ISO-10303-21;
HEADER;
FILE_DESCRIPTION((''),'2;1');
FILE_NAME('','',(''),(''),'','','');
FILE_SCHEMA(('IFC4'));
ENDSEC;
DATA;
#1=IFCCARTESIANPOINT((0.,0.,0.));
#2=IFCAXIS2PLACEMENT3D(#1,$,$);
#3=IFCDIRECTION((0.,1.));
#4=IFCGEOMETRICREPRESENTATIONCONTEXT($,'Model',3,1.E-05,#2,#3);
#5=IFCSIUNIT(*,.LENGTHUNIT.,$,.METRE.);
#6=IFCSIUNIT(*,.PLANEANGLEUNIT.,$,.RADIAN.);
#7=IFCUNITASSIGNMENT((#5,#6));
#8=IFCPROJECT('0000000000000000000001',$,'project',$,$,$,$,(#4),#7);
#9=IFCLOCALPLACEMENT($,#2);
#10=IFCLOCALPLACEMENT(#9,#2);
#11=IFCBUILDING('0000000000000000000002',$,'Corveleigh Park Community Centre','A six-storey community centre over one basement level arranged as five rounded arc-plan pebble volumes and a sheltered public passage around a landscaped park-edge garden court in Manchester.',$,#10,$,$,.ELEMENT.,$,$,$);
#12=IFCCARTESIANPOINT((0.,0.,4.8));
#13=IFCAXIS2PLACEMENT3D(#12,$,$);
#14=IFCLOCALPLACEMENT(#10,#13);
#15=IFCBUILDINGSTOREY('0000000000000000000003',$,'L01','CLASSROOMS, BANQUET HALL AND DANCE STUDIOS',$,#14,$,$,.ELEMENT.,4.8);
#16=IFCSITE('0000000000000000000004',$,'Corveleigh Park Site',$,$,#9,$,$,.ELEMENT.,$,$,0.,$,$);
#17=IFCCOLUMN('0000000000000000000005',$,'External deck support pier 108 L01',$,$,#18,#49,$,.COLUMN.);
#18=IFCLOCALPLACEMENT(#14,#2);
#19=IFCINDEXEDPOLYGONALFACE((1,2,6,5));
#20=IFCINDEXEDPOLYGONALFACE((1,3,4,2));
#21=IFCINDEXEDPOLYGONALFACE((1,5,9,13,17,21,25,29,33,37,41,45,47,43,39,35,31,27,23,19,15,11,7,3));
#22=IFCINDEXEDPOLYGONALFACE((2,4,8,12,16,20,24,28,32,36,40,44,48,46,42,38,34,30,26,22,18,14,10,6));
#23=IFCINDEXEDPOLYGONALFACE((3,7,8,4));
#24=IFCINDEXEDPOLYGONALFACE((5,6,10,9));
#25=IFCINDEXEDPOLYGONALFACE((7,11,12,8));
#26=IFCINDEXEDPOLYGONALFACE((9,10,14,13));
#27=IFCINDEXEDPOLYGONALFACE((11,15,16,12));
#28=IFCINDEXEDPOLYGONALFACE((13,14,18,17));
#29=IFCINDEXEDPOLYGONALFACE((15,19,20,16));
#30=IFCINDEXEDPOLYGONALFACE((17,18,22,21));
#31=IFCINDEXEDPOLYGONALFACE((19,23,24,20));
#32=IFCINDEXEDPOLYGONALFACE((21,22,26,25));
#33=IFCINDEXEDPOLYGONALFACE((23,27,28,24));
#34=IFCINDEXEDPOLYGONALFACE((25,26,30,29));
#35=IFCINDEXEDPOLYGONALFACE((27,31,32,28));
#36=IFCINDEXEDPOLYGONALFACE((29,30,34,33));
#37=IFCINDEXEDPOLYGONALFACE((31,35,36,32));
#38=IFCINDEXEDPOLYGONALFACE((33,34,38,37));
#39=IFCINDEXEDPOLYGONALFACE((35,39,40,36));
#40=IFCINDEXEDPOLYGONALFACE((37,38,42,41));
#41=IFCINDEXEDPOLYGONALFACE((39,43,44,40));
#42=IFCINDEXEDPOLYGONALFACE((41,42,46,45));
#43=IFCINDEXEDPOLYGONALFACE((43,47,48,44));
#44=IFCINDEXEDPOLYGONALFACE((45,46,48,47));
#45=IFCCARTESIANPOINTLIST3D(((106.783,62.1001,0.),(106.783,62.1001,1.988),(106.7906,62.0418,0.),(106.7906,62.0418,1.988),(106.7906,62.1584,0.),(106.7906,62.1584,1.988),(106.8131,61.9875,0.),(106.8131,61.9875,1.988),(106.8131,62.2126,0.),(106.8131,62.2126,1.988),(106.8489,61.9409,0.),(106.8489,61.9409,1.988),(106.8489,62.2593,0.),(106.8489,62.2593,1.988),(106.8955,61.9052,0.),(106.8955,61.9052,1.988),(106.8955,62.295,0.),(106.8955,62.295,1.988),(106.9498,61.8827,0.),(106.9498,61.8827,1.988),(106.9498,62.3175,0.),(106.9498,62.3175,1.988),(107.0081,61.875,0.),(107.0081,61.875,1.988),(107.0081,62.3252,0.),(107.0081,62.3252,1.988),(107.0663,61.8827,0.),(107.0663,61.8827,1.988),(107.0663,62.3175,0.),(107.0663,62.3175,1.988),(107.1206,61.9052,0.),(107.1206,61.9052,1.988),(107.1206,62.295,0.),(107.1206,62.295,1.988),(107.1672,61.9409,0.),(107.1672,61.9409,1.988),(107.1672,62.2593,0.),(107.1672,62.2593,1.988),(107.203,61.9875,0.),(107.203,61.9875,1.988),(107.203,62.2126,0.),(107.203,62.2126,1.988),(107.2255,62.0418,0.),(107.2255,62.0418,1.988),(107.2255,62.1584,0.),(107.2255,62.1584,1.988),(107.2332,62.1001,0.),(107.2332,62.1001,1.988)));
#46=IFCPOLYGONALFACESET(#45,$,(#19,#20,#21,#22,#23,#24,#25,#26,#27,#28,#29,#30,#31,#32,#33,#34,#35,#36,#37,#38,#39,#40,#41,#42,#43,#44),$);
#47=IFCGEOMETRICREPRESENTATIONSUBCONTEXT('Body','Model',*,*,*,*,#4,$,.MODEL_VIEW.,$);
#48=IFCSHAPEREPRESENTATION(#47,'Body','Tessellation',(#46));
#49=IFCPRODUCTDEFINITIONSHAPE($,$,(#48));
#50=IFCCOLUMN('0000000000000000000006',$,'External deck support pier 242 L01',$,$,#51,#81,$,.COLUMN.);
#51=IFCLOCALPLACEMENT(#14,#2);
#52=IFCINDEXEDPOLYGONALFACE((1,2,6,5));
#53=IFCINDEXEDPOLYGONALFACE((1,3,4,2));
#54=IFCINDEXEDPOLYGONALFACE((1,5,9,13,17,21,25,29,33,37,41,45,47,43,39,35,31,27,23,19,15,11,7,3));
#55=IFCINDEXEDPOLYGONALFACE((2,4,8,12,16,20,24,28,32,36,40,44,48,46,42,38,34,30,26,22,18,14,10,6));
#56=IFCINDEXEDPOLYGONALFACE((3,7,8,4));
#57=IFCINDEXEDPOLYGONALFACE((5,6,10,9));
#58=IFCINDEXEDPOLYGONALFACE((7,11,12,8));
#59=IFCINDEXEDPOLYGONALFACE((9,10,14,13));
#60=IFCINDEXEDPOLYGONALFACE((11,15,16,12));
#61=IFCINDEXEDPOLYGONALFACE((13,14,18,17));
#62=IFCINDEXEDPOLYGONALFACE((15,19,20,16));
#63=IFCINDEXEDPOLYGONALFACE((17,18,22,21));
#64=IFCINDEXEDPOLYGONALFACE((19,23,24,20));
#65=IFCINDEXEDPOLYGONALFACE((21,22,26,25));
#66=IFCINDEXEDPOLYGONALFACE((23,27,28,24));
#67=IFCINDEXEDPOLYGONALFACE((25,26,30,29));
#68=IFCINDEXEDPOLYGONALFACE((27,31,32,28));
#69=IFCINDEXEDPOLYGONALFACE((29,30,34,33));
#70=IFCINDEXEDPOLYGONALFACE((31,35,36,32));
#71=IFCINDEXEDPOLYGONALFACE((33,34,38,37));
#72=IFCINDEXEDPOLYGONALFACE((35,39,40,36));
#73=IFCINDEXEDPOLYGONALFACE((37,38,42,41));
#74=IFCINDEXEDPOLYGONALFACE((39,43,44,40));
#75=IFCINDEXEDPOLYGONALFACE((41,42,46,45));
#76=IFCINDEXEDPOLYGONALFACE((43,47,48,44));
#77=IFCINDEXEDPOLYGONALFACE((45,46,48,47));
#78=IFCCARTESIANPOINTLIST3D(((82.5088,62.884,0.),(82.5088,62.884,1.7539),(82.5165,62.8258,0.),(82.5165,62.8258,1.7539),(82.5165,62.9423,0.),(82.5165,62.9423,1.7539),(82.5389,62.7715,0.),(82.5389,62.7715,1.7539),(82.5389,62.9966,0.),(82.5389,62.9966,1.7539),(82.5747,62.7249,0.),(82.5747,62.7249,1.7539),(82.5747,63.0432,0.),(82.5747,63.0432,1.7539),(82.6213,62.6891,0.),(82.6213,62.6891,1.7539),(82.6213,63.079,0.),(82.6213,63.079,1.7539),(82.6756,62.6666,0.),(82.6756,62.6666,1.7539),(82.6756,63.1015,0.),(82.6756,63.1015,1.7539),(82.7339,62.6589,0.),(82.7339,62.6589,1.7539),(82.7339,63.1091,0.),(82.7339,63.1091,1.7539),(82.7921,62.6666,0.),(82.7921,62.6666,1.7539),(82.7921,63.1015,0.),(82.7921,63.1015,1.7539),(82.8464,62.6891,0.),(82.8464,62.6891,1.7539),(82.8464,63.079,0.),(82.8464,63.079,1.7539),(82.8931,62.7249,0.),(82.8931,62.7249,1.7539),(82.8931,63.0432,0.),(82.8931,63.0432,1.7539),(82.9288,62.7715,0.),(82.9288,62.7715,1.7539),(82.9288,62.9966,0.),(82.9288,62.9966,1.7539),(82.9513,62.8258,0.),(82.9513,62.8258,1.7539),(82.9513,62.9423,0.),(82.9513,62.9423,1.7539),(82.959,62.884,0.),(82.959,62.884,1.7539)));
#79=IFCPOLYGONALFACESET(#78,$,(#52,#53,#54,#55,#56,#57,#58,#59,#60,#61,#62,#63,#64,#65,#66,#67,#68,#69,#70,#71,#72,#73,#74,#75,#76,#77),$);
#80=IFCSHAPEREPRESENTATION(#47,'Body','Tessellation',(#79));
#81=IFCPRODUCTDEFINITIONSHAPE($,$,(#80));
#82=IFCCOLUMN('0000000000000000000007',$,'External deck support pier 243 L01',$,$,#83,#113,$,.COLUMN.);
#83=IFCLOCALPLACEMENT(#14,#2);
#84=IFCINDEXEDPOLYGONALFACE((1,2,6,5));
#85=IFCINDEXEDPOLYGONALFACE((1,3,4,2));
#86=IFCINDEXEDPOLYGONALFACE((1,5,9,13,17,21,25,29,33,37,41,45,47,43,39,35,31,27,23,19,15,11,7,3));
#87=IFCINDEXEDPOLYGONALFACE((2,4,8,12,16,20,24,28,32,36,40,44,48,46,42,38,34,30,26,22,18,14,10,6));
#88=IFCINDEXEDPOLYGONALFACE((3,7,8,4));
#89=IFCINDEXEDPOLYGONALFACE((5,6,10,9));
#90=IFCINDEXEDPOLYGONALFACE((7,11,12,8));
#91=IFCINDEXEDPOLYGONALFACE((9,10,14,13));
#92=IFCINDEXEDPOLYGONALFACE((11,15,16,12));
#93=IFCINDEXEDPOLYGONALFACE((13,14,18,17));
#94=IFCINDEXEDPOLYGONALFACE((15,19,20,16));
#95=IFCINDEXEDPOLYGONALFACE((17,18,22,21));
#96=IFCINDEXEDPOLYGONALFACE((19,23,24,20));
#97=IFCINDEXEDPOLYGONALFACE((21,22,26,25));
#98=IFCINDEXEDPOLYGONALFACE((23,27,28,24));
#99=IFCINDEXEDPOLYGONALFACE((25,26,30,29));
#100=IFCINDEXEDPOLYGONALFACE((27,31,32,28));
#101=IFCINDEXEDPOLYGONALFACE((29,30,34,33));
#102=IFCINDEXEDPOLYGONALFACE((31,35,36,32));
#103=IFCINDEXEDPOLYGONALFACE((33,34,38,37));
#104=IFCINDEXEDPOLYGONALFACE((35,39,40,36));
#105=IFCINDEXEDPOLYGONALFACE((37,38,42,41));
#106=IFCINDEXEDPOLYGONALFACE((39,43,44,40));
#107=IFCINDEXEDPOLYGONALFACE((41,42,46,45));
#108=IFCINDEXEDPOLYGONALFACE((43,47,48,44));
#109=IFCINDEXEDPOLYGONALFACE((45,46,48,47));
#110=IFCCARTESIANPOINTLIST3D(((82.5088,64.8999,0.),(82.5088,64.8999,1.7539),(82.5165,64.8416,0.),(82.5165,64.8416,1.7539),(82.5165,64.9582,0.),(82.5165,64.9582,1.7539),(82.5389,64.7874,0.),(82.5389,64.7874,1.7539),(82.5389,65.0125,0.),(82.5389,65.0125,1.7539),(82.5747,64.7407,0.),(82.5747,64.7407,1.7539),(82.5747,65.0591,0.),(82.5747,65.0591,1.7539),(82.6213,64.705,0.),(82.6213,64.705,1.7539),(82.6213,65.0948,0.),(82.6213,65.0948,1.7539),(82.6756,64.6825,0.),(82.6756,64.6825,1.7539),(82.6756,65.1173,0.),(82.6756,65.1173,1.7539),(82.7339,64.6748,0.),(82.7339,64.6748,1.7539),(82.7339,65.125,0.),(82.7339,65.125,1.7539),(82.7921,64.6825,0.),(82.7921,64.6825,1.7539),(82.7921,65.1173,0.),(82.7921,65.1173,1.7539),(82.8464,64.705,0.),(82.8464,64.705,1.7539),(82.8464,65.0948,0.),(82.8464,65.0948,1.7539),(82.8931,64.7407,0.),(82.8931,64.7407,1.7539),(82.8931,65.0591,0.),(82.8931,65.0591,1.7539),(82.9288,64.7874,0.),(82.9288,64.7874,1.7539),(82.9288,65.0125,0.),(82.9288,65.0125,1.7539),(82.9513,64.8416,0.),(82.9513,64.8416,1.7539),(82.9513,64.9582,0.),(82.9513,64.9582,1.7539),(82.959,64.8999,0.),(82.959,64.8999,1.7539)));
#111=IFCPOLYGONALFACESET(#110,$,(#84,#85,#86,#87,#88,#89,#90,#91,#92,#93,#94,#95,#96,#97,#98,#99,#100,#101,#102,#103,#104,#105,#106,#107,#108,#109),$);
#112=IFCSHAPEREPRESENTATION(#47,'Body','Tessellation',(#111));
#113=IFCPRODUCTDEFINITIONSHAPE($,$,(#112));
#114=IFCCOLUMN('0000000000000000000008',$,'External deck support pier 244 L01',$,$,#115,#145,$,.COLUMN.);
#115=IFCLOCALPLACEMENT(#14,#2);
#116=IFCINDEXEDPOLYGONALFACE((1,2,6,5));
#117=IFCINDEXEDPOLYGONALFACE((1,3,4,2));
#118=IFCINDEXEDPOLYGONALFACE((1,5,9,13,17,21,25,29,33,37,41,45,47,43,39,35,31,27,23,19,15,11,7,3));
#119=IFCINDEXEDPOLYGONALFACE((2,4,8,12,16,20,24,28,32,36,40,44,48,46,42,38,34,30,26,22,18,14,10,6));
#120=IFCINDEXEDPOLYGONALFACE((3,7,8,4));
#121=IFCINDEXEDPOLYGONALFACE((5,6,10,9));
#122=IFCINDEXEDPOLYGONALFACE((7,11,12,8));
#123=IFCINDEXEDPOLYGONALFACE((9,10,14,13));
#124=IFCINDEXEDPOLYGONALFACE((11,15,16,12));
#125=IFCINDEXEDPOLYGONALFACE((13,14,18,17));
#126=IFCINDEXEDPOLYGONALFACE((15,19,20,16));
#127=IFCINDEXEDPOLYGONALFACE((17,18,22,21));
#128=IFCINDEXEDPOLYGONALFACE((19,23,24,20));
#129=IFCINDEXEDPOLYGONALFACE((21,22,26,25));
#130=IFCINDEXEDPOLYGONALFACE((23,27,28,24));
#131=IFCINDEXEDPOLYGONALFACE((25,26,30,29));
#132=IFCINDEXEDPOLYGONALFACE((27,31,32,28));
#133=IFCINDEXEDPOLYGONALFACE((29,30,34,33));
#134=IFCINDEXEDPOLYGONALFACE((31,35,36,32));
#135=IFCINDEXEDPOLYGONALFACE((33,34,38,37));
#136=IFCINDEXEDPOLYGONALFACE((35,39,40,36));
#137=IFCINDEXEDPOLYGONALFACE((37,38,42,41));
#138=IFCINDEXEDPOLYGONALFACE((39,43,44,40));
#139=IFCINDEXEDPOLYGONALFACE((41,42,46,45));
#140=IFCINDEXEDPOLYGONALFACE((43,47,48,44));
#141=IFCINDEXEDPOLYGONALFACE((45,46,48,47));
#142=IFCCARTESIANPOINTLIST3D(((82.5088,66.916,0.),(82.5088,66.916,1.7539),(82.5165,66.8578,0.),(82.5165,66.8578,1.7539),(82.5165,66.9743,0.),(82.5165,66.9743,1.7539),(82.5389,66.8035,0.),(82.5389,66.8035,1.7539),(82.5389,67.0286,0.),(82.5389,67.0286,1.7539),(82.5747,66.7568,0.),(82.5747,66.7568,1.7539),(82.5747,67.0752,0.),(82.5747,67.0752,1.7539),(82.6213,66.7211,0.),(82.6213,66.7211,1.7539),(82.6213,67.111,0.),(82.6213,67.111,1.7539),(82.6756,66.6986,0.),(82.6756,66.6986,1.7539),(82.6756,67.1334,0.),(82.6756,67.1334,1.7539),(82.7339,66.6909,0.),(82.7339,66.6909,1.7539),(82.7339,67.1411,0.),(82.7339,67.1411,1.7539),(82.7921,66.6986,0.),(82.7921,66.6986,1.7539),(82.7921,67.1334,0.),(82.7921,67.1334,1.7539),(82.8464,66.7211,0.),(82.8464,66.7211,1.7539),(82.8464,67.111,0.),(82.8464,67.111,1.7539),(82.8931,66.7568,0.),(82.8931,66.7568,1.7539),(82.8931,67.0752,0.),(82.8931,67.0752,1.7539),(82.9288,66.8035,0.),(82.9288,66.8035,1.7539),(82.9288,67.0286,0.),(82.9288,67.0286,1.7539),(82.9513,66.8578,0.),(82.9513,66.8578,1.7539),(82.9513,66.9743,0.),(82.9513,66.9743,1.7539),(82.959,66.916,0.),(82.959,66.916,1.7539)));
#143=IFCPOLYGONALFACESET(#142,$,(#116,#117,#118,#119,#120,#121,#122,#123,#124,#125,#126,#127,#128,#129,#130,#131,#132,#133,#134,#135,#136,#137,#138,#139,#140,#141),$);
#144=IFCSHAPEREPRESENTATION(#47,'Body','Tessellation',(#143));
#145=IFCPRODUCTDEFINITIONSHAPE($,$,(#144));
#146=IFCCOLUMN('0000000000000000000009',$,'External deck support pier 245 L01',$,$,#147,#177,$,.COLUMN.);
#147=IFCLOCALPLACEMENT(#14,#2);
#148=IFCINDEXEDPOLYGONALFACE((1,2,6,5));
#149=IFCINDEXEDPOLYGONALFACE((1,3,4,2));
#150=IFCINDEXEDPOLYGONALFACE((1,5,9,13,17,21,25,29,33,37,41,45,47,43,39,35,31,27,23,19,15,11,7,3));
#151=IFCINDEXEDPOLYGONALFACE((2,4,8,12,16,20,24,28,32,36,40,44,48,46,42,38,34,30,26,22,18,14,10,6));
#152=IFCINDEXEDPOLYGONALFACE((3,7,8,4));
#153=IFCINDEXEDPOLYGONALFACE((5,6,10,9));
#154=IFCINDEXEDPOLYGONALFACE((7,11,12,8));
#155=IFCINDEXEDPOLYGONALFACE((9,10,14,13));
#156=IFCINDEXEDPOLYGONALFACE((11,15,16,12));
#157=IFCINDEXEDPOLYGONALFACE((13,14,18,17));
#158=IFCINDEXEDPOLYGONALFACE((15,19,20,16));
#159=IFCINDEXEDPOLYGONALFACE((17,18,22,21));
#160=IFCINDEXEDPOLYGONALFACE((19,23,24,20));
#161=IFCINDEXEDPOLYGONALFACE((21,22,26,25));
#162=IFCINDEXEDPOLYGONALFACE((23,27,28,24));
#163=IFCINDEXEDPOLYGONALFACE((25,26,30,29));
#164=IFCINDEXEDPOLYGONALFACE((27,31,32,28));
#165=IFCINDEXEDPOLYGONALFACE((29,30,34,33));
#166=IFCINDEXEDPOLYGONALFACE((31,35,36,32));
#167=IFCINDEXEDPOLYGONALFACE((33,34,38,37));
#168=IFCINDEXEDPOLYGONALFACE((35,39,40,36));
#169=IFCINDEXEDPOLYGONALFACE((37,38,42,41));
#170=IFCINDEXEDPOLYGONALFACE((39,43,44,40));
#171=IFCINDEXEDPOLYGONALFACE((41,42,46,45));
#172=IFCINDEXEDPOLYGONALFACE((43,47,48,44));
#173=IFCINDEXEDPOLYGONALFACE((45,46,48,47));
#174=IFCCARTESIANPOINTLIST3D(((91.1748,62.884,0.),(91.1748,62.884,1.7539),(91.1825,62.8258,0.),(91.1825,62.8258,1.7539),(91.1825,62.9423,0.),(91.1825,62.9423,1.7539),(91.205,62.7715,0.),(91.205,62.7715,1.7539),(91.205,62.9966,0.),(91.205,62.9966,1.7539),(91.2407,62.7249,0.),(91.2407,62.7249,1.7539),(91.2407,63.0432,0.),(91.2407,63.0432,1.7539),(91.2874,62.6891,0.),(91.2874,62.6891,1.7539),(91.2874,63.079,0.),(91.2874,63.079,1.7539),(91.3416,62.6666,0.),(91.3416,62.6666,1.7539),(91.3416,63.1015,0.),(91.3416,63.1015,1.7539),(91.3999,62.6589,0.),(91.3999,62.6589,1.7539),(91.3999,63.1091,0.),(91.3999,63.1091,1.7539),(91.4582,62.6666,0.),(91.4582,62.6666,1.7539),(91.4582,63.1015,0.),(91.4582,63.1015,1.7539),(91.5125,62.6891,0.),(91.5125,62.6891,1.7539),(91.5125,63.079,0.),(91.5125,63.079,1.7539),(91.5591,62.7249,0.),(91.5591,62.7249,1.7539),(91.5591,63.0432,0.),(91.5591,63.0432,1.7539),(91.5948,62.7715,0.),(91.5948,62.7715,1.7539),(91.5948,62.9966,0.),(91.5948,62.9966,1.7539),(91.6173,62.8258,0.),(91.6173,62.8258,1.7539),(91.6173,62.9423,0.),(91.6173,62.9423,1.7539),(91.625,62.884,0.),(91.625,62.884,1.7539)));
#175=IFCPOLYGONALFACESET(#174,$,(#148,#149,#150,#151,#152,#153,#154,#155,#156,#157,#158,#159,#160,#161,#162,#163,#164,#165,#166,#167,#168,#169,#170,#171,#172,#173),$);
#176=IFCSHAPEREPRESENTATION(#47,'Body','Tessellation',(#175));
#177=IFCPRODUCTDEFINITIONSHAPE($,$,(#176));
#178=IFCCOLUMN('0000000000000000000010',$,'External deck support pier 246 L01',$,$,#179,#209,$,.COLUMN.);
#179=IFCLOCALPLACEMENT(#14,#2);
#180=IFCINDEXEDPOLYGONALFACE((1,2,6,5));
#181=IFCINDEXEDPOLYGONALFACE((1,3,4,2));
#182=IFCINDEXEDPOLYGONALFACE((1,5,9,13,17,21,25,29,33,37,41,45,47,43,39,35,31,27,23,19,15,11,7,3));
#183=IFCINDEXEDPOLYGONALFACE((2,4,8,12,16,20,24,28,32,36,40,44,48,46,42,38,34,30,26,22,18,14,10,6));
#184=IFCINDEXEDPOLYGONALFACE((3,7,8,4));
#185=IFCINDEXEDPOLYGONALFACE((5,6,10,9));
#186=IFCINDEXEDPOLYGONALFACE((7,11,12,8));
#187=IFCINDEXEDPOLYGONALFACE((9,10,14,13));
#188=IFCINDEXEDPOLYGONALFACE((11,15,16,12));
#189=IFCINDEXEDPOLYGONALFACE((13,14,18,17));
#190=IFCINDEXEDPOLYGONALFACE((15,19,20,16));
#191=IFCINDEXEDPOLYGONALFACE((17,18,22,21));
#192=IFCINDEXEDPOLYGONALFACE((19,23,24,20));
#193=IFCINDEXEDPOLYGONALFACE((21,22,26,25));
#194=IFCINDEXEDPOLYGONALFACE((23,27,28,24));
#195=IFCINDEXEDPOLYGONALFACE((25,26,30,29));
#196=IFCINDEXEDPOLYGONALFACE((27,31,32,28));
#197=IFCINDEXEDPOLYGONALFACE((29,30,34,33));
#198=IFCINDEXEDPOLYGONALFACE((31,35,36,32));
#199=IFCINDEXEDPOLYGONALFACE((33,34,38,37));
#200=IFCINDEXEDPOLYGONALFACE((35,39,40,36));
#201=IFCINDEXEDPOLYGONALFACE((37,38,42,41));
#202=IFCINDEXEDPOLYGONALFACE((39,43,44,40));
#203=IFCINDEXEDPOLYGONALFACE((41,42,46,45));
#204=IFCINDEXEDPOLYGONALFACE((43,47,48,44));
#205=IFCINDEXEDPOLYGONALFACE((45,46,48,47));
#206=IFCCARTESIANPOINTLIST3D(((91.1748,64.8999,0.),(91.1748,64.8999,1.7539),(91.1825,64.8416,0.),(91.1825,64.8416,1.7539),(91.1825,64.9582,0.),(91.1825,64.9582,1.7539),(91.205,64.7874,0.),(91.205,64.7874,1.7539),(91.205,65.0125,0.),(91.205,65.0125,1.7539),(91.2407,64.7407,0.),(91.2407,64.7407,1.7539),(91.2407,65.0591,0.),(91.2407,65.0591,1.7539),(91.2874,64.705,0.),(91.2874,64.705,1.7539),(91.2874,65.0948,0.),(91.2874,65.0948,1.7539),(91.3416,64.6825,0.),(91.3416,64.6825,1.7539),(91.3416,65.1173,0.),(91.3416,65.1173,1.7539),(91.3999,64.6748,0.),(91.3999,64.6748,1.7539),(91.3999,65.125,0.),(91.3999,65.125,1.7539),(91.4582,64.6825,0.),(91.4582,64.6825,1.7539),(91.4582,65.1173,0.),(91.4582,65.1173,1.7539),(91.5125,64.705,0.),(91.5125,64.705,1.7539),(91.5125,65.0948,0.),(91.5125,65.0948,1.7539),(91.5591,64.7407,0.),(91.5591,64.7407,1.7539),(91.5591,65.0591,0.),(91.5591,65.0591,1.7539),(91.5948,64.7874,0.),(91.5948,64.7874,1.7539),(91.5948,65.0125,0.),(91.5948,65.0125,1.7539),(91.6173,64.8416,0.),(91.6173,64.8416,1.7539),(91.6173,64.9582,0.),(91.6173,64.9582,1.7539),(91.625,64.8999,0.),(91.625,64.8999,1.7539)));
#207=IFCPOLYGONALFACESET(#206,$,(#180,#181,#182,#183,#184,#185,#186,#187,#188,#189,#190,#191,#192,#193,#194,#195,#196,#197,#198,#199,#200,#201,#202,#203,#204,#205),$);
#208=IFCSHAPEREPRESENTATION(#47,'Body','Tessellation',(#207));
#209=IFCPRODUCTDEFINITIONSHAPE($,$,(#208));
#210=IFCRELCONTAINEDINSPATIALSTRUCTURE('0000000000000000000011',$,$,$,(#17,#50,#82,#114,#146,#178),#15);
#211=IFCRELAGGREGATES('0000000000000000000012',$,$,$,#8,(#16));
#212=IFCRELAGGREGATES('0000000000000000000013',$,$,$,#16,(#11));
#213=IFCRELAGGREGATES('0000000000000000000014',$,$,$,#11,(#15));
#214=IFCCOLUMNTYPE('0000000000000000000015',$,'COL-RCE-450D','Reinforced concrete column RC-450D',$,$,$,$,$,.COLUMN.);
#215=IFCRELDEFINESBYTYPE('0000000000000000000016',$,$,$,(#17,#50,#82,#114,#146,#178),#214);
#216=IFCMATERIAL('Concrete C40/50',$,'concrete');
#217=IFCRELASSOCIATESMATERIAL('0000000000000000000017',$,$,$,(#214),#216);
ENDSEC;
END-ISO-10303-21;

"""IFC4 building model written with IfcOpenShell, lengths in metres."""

from ifc_helpers import new_model, si_unit, direction, frame, origin, origin_2d, place, context, subcontext, project, spatial, circle, extrude, material, material_profile, profile_set, type_object, element, save


model = new_model("IFC4")

# Units and contexts
model_context = context("Model", 3, precision=1e-05, world=origin(), true_north=direction((0.0, 1.0)))
body_context = subcontext(model_context, "Body", "Model", "MODEL_VIEW")
ifc_project = project(units=[si_unit("LENGTHUNIT", "METRE"), si_unit("PLANEANGLEUNIT", "RADIAN")], contexts=[model_context])

# Site, building, storey
site_placement = place(None, origin())
site = spatial("IfcSite", under=ifc_project, at=site_placement, Name="Corveleigh Park Site", CompositionType="ELEMENT", RefElevation=0.0)
building_placement = place(site_placement, origin())
building = spatial("IfcBuilding", under=site, at=building_placement, Name="Corveleigh Park Community Centre", Description="A six-storey community centre over one basement level arranged as five rounded arc-plan pebble volumes and a sheltered public passage around a landscaped park-edge garden court in Manchester.", CompositionType="ELEMENT")
storey_placement = place(building_placement, frame((0.0, 0.0, 4.8)))
storey = spatial("IfcBuildingStorey", under=building, at=storey_placement, Name="L01", Description="CLASSROOMS, BANQUET HALL AND DANCE STUDIOS", CompositionType="ELEMENT", Elevation=4.8)

# Columns
ifc_material_1 = material(Name="Concrete C40/50", Category="concrete")
ifc_material_profile_1 = material_profile(ifc_material_1, circle(Radius=0.2251, at=origin_2d()), Name="RC-450D", Category="concrete")
ifc_profile_set_1 = profile_set([ifc_material_profile_1], Name="Concrete C40/50")
column_type = type_object("IfcColumnType", Name="COL-RCE-450D", Description="Reinforced concrete column RC-450D", PredefinedType="COLUMN", material=ifc_profile_set_1)
column_placement = place(storey_placement, frame((107.0081, 62.1001, 0.0), z_axis=(0.0, 0.0, 1.0), x_axis=(1.0, 0.0, 0.0)))
element("IfcColumn", 1, at=column_placement, inside=storey, type_object=column_type, Name="External deck support pier 108 L01", PredefinedType="COLUMN", context=body_context, shape_type="SweptSolid", body=[
    extrude(circle(Radius=0.2251, at=origin_2d()), origin(), (0.0, 0.0, 1.0), 1.988),
])
for number, where, z_axis, x_axis, name in (
    (2, (82.7339, 62.884, 0.0), (0.0, 0.0, 1.0), (1.0, 0.0, 0.0), "External deck support pier 242 L01"),
    (3, (82.7339, 64.8999, 0.0), (0.0, 0.0, 1.0), (1.0, 0.0, 0.0), "External deck support pier 243 L01"),
    (4, (82.7339, 66.916, 0.0), (0.0, 0.0, 1.0), (1.0, 0.0, 0.0), "External deck support pier 244 L01"),
    (5, (91.3999, 62.884, 0.0), (0.0, 0.0, 1.0), (1.0, 0.0, 0.0), "External deck support pier 245 L01"),
    (6, (91.3999, 64.8999, 0.0), (0.0, 0.0, 1.0), (1.0, 0.0, 0.0), "External deck support pier 246 L01"),
):
    element("IfcColumn", number, at=place(storey_placement, frame(where, z_axis=z_axis, x_axis=x_axis)), inside=storey, type_object=column_type, Name=name, PredefinedType="COLUMN", context=body_context, shape_type="SweptSolid", body=[
        extrude(circle(Radius=0.2251, at=origin_2d()), origin(), (0.0, 0.0, 1.0), 1.7539),
    ])

save(model, "model.ifc")
